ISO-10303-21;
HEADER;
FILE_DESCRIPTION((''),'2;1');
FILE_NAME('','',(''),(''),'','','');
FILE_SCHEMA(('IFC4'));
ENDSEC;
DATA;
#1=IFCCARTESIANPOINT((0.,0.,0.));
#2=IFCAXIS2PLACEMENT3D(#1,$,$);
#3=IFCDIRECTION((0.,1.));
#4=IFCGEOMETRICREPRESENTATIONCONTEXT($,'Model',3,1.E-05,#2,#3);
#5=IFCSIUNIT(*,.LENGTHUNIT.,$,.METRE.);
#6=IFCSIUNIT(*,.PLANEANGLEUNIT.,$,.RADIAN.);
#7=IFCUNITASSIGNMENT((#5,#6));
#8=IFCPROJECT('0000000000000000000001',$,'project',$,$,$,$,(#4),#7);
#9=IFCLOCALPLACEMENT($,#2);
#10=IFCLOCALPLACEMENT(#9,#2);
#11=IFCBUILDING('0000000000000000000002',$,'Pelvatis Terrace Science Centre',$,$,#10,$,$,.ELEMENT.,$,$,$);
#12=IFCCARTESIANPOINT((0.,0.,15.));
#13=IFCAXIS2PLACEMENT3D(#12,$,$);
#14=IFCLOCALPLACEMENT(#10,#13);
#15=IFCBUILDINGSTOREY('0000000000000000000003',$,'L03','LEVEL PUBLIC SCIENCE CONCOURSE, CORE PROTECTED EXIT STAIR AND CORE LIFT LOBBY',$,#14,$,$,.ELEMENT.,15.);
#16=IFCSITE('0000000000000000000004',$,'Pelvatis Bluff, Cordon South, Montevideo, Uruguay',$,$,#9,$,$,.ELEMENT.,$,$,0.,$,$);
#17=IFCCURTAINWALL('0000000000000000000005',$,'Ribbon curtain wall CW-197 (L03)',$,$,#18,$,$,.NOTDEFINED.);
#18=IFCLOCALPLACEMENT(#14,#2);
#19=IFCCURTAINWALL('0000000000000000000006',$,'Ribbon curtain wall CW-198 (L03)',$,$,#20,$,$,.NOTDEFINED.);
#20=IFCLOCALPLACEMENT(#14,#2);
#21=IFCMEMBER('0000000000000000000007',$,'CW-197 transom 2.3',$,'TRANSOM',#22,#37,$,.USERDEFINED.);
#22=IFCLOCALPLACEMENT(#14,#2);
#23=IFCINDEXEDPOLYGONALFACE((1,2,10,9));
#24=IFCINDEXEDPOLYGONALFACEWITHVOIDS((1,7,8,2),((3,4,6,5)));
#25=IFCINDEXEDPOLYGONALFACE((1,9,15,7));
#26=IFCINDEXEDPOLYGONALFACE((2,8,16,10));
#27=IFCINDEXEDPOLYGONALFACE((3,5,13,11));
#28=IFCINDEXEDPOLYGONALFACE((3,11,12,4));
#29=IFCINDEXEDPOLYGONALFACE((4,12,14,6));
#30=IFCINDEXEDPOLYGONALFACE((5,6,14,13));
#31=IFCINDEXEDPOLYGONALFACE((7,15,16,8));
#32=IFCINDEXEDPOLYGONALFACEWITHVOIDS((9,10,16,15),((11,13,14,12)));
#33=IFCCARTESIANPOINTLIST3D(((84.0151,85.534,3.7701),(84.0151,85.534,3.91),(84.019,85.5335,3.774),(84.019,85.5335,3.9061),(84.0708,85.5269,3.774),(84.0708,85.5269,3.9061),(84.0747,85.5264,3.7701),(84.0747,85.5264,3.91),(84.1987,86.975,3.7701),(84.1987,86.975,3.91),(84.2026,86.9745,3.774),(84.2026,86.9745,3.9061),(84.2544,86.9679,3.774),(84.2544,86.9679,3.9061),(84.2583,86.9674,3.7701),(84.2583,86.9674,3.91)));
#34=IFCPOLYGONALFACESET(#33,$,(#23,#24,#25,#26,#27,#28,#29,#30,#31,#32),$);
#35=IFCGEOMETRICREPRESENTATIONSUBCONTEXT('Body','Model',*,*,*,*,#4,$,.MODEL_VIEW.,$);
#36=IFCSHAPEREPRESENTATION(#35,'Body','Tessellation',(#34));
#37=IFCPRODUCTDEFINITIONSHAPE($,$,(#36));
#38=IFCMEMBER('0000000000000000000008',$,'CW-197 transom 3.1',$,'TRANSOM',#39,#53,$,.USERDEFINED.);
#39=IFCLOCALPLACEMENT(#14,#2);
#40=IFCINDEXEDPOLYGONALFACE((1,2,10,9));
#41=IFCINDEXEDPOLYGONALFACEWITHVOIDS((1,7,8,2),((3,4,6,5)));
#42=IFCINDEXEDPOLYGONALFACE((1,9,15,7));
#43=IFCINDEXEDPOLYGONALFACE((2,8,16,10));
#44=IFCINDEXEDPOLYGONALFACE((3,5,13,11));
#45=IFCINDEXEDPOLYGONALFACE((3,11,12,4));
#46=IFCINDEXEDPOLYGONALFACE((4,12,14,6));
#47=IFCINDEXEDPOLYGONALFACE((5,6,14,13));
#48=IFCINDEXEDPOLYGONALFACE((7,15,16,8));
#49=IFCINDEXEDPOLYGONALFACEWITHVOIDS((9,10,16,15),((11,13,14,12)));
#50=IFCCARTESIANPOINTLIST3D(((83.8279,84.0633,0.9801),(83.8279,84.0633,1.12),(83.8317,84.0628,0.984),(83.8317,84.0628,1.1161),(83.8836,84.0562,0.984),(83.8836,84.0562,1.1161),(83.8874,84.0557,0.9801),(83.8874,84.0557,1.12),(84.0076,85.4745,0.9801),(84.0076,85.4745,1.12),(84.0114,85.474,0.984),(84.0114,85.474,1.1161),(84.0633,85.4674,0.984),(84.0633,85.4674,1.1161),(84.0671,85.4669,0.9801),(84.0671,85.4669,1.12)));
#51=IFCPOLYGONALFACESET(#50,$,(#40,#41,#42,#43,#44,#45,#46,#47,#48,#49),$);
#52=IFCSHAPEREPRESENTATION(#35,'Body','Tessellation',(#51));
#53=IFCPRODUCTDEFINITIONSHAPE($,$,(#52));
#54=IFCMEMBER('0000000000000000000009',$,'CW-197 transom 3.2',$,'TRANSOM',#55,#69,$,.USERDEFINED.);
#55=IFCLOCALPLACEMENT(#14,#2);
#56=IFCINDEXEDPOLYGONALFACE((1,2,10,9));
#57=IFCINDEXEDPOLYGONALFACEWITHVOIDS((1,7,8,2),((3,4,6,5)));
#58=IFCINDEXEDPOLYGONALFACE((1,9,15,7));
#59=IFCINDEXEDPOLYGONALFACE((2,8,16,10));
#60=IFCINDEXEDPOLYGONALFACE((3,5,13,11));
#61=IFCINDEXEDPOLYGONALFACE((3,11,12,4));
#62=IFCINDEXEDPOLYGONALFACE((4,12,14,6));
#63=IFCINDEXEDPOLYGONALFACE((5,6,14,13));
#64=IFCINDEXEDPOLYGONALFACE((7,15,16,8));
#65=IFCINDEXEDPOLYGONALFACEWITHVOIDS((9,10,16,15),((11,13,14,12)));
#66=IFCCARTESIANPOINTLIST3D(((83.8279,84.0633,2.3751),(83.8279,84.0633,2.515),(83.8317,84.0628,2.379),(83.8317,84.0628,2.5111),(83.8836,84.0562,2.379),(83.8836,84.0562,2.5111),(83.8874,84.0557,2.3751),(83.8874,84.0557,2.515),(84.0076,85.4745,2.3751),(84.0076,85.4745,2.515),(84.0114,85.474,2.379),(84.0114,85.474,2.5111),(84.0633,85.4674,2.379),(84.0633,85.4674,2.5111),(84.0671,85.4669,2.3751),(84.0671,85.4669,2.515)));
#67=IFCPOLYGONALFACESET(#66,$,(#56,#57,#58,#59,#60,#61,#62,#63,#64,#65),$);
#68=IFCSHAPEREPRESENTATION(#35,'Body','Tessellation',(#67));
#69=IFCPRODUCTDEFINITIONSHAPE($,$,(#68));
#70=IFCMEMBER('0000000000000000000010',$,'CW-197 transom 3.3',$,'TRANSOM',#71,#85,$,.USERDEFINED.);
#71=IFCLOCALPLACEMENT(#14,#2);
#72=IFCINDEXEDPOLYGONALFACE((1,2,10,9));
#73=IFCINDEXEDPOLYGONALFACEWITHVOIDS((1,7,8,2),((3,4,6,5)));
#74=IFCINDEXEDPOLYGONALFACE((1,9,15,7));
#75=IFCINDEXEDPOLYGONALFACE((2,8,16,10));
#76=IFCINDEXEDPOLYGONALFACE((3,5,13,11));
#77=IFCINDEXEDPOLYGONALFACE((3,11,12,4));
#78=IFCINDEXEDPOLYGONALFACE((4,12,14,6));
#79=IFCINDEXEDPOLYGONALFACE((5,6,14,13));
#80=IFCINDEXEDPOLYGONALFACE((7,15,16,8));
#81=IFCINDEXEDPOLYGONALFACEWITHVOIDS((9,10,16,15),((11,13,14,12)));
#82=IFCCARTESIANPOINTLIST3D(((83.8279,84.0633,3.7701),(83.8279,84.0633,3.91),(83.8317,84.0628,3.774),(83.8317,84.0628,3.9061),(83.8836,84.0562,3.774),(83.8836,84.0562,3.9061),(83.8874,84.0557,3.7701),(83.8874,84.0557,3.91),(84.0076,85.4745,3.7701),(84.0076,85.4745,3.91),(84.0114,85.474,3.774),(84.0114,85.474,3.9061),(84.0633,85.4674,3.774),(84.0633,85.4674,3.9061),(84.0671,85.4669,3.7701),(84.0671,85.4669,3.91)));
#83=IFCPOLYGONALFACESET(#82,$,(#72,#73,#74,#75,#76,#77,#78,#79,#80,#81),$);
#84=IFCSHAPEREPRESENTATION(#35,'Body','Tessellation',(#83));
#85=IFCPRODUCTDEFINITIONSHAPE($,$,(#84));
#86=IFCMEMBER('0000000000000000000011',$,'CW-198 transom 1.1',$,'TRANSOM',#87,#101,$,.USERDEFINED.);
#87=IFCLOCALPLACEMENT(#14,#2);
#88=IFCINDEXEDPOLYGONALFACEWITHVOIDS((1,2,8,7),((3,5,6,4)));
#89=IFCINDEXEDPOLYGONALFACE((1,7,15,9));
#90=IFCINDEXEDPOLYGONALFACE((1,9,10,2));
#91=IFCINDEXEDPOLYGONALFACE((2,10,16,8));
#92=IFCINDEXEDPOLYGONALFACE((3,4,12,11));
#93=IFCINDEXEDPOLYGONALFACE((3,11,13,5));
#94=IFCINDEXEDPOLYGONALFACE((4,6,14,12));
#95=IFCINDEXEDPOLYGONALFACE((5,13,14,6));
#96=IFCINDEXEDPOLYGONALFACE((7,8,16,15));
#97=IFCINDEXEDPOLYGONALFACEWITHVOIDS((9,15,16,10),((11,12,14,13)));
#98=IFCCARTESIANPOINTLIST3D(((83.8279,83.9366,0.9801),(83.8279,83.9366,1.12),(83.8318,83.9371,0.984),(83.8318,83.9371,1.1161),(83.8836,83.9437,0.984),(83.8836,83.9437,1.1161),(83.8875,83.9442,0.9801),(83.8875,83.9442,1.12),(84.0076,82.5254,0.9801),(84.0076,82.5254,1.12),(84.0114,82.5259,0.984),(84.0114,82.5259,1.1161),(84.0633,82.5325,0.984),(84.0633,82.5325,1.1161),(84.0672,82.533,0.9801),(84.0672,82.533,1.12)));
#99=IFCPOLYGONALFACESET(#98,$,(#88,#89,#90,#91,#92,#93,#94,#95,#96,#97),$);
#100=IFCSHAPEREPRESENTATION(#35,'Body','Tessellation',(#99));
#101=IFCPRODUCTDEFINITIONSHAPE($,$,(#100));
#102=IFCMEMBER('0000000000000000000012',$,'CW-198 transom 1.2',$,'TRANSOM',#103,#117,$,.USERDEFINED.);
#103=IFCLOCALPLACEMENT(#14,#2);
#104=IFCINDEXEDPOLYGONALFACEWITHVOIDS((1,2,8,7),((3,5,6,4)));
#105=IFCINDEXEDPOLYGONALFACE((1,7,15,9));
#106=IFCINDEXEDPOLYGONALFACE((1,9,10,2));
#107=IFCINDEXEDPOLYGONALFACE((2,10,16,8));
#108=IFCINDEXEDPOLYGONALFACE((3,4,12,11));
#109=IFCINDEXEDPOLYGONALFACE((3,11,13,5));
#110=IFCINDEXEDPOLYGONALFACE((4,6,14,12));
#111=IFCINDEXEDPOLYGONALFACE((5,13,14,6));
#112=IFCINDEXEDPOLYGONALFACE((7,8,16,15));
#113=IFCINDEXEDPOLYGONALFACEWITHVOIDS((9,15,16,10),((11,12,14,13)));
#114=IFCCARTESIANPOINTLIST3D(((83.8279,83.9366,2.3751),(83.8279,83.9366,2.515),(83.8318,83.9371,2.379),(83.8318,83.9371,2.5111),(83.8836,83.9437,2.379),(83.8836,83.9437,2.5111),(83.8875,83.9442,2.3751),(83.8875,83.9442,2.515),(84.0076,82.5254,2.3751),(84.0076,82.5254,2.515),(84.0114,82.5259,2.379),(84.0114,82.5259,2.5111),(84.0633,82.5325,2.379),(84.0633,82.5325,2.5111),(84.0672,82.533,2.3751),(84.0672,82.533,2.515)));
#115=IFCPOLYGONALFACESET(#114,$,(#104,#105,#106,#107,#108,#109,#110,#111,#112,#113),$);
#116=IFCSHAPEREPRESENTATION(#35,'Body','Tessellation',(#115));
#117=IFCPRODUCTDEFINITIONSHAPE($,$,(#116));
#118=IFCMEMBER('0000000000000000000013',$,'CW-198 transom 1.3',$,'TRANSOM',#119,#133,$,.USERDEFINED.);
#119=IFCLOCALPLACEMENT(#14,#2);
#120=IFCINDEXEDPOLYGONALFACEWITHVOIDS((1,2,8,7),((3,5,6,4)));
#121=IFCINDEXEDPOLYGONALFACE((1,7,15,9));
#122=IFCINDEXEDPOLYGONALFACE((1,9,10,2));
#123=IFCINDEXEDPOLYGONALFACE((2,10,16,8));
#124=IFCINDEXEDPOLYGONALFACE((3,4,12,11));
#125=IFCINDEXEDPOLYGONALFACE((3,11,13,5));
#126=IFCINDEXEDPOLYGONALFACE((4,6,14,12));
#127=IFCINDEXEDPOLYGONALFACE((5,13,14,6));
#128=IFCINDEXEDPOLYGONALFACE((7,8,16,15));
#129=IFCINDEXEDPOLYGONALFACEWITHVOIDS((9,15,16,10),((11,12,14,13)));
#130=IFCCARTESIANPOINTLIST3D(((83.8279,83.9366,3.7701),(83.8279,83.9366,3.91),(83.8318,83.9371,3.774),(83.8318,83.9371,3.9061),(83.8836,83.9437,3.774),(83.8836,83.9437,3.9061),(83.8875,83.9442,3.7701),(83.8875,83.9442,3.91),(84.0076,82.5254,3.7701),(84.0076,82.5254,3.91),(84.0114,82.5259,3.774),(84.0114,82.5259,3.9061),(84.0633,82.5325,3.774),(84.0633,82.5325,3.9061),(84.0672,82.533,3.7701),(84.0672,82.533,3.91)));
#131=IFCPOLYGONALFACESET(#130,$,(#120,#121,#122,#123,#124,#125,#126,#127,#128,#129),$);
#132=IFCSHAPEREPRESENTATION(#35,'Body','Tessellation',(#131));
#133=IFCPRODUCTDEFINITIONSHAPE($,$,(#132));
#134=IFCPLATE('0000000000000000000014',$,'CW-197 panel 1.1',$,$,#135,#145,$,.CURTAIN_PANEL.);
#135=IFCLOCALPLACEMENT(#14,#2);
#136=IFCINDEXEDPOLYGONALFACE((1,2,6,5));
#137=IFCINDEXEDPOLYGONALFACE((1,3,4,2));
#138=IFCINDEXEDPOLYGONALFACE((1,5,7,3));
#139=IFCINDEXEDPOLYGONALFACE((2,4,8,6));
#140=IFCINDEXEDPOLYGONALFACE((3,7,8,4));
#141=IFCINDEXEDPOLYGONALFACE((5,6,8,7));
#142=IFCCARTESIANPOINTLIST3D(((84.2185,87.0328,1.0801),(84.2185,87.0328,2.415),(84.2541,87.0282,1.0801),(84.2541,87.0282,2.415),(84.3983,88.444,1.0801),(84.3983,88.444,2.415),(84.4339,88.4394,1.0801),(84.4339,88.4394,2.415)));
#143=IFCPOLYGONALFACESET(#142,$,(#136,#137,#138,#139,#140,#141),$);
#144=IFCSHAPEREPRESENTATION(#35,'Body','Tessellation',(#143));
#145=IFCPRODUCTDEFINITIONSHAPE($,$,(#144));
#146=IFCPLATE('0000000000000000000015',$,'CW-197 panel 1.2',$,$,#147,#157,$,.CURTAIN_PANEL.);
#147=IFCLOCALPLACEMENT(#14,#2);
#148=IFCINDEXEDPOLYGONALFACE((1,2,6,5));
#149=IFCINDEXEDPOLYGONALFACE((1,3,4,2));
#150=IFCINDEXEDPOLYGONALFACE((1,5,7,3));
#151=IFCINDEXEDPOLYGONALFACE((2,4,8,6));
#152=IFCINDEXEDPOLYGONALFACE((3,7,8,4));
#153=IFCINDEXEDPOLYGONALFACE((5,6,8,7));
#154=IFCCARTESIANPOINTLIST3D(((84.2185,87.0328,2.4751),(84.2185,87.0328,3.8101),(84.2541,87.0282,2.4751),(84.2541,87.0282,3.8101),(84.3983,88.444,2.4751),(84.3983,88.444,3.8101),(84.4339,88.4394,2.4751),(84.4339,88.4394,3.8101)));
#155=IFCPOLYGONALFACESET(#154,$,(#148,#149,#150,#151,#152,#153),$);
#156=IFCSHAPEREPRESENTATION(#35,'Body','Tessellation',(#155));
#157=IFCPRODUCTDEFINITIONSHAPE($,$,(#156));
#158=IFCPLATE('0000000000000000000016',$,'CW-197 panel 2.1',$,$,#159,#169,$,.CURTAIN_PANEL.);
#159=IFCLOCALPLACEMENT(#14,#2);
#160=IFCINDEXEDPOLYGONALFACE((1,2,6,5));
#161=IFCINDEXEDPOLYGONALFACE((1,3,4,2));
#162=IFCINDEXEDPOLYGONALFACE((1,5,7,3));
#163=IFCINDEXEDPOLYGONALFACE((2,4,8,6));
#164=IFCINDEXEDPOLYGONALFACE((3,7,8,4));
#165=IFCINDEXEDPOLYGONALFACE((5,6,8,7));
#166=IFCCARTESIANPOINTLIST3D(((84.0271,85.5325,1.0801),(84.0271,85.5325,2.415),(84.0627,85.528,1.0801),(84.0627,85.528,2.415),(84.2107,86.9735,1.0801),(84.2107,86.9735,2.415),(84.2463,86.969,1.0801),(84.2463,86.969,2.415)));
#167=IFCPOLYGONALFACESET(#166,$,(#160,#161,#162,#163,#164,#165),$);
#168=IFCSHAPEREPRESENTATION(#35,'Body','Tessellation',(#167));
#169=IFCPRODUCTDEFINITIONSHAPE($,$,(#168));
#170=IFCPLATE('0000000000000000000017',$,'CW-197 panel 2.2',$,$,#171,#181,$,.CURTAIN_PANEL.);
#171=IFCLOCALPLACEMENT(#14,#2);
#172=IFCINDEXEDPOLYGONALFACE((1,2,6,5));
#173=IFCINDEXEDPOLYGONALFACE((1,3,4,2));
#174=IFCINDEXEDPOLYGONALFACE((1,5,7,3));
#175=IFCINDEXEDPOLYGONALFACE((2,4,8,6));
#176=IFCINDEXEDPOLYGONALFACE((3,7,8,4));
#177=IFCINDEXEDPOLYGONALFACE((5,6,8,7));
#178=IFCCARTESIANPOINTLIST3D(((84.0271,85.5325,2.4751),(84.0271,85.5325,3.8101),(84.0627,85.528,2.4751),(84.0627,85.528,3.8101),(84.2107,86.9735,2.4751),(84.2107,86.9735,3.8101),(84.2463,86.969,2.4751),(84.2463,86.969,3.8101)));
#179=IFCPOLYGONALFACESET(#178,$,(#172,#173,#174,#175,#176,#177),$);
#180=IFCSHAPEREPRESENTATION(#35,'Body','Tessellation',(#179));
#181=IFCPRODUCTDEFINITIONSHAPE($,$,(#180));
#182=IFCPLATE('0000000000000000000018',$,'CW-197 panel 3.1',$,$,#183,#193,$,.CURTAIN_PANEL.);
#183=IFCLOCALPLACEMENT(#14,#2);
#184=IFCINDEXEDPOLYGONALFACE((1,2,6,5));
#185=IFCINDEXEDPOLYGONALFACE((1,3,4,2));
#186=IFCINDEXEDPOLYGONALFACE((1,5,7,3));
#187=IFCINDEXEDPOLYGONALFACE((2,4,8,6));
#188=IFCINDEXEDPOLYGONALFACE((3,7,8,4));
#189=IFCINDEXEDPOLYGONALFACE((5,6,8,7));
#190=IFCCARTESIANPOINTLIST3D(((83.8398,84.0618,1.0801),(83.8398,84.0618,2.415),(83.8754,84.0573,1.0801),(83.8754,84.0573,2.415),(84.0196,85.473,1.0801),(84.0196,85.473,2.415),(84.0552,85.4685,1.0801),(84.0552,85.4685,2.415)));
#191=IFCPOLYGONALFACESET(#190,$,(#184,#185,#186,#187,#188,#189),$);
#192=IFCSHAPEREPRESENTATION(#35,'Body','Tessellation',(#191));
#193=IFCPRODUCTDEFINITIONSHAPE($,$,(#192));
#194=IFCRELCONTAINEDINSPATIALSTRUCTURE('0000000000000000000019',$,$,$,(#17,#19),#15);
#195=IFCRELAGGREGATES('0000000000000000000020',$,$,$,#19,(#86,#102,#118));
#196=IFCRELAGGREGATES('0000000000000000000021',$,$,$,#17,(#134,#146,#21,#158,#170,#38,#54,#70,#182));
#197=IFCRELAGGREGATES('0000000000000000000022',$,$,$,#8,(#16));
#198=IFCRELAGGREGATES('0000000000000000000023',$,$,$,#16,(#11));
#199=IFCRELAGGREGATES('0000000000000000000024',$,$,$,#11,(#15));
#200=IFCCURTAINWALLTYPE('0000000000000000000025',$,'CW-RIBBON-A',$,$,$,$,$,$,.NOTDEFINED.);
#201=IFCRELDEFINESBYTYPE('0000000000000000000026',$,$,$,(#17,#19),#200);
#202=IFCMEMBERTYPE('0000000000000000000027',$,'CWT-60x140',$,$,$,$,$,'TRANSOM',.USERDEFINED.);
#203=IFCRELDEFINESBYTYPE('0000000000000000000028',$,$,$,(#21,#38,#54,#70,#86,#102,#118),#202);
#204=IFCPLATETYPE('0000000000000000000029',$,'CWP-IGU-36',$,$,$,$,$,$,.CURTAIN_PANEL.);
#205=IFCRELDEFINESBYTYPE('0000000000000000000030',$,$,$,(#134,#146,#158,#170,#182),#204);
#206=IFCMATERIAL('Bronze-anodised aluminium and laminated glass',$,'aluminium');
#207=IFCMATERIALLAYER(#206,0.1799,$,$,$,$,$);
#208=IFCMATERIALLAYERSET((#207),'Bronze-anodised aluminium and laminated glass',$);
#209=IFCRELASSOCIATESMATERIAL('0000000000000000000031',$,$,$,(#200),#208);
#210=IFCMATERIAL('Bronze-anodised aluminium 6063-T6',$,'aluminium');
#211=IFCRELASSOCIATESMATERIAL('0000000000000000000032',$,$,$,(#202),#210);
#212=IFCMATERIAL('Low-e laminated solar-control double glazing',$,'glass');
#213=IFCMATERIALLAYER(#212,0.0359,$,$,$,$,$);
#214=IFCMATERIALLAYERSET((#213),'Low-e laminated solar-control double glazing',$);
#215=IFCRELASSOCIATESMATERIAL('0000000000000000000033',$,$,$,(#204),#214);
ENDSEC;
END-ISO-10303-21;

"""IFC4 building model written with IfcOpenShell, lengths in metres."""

from ifc_helpers import new_model, si_unit, direction, frame, origin, origin_2d, place, context, subcontext, project, spatial, rectangle, hollow_rectangle, extrude, material, layer, layer_set, material_profile, profile_set, type_object, element, aggregate, save


model = new_model("IFC4")

# Units and contexts
model_context = context("Model", 3, precision=1e-05, world=origin(), true_north=direction((0.0, 1.0)))
body_context = subcontext(model_context, "Body", "Model", "MODEL_VIEW")
ifc_project = project(units=[si_unit("LENGTHUNIT", "METRE"), si_unit("PLANEANGLEUNIT", "RADIAN")], contexts=[model_context])

# Site, building, storey
site_placement = place(None, origin())
site = spatial("IfcSite", under=ifc_project, at=site_placement, Name="Pelvatis Bluff, Cordon South, Montevideo, Uruguay", CompositionType="ELEMENT", RefElevation=0.0)
building_placement = place(site_placement, origin())
building = spatial("IfcBuilding", under=site, at=building_placement, Name="Pelvatis Terrace Science Centre", CompositionType="ELEMENT")
storey_placement = place(building_placement, frame((0.0, 0.0, 15.0)))
storey = spatial("IfcBuildingStorey", under=building, at=storey_placement, Name="L03", Description="LEVEL PUBLIC SCIENCE CONCOURSE, CORE PROTECTED EXIT STAIR AND CORE LIFT LOBBY", CompositionType="ELEMENT", Elevation=15.0)

# Shared definitions
ifc_material_1 = material(Name="Bronze-anodised aluminium and laminated glass", Category="aluminium")
ifc_layer_1 = layer(ifc_material_1, 0.1799)
ifc_layer_set_1 = layer_set([ifc_layer_1], Name="Bronze-anodised aluminium and laminated glass")
curtain_wall_type = type_object("IfcCurtainWallType", Name="CW-RIBBON-A", PredefinedType="NOTDEFINED", material=ifc_layer_set_1)

# Curtain wall
curtain_wall_1_placement = place(storey_placement, origin())
curtain_wall_1 = element("IfcCurtainWall", 1, at=curtain_wall_1_placement, inside=storey, type_object=curtain_wall_type, Name="Ribbon curtain wall CW-197 (L03)", PredefinedType="NOTDEFINED")

# Curtain wall
curtain_wall_2_placement = place(storey_placement, origin())
curtain_wall_2 = element("IfcCurtainWall", 2, at=curtain_wall_2_placement, inside=storey, type_object=curtain_wall_type, Name="Ribbon curtain wall CW-198 (L03)", PredefinedType="NOTDEFINED")

# Members
ifc_material_2 = material(Name="Bronze-anodised aluminium 6063-T6", Category="aluminium")
ifc_material_profile_1 = material_profile(ifc_material_2, hollow_rectangle(XDim=0.0601, YDim=0.1399, WallThickness=0.0039, at=origin_2d()), Name="ALU-TRN 60x140")
ifc_profile_set_1 = profile_set([ifc_material_profile_1], Name="Bronze-anodised aluminium 6063-T6")
member_type_1 = type_object("IfcMemberType", Name="CWT-60x140", ElementType="TRANSOM", PredefinedType="USERDEFINED", material=ifc_profile_set_1)
member_1_placement = place(storey_placement, frame((84.2285, 86.9712, 3.8401), z_axis=(-0.126393, -0.99198, 0.0), x_axis=(0.99198, -0.126393, 0.0)))
member_1 = element("IfcMember", 3, at=member_1_placement, type_object=member_type_1, Name="CW-197 transom 2.3", ObjectType="TRANSOM", PredefinedType="USERDEFINED", context=body_context, shape_type="SweptSolid", body=[
    extrude(hollow_rectangle(XDim=0.0601, YDim=0.1399, WallThickness=0.0039, at=origin_2d()), origin(), (0.0, 0.0, 1.0), 1.4526),
])
member_2_placement = place(storey_placement, frame((84.0374, 85.4707, 1.05), z_axis=(-0.126316, -0.99199, 0.0), x_axis=(0.99199, -0.126316, 0.0)))
member_2 = element("IfcMember", 4, at=member_2_placement, type_object=member_type_1, Name="CW-197 transom 3.1", ObjectType="TRANSOM", PredefinedType="USERDEFINED", context=body_context, shape_type="SweptSolid", body=[
    extrude(hollow_rectangle(XDim=0.0601, YDim=0.1399, WallThickness=0.0039, at=origin_2d()), origin(), (0.0, 0.0, 1.0), 1.4226),
])
member_3_placement = place(storey_placement, frame((84.0374, 85.4707, 2.4451), z_axis=(-0.126316, -0.99199, 0.0), x_axis=(0.99199, -0.126316, 0.0)))
member_3 = element("IfcMember", 5, at=member_3_placement, type_object=member_type_1, Name="CW-197 transom 3.2", ObjectType="TRANSOM", PredefinedType="USERDEFINED", context=body_context, shape_type="SweptSolid", body=[
    extrude(hollow_rectangle(XDim=0.0601, YDim=0.1399, WallThickness=0.0039, at=origin_2d()), origin(), (0.0, 0.0, 1.0), 1.4226),
])
member_4_placement = place(storey_placement, frame((84.0374, 85.4707, 3.8401), z_axis=(-0.126316, -0.99199, 0.0), x_axis=(0.99199, -0.126316, 0.0)))
member_4 = element("IfcMember", 6, at=member_4_placement, type_object=member_type_1, Name="CW-197 transom 3.3", ObjectType="TRANSOM", PredefinedType="USERDEFINED", context=body_context, shape_type="SweptSolid", body=[
    extrude(hollow_rectangle(XDim=0.0601, YDim=0.1399, WallThickness=0.0039, at=origin_2d()), origin(), (0.0, 0.0, 1.0), 1.4226),
])
member_5_placement = place(storey_placement, frame((83.8577, 83.9404, 1.05), z_axis=(0.126316, -0.99199, 0.0), x_axis=(0.99199, 0.126316, 0.0)))
member_5 = element("IfcMember", 7, at=member_5_placement, type_object=member_type_1, Name="CW-198 transom 1.1", ObjectType="TRANSOM", PredefinedType="USERDEFINED", context=body_context, shape_type="SweptSolid", body=[
    extrude(hollow_rectangle(XDim=0.0601, YDim=0.1399, WallThickness=0.0039, at=origin_2d()), origin(), (0.0, 0.0, 1.0), 1.4226),
])
member_6_placement = place(storey_placement, frame((83.8577, 83.9404, 2.4451), z_axis=(0.126316, -0.99199, 0.0), x_axis=(0.99199, 0.126316, 0.0)))
member_6 = element("IfcMember", 8, at=member_6_placement, type_object=member_type_1, Name="CW-198 transom 1.2", ObjectType="TRANSOM", PredefinedType="USERDEFINED", context=body_context, shape_type="SweptSolid", body=[
    extrude(hollow_rectangle(XDim=0.0601, YDim=0.1399, WallThickness=0.0039, at=origin_2d()), origin(), (0.0, 0.0, 1.0), 1.4226),
])
member_7_placement = place(storey_placement, frame((83.8577, 83.9404, 3.8401), z_axis=(0.126316, -0.99199, 0.0), x_axis=(0.99199, 0.126316, 0.0)))
member_7 = element("IfcMember", 9, at=member_7_placement, type_object=member_type_1, Name="CW-198 transom 1.3", ObjectType="TRANSOM", PredefinedType="USERDEFINED", context=body_context, shape_type="SweptSolid", body=[
    extrude(hollow_rectangle(XDim=0.0601, YDim=0.1399, WallThickness=0.0039, at=origin_2d()), origin(), (0.0, 0.0, 1.0), 1.4226),
])
aggregate(curtain_wall_2, [member_5, member_6, member_7])

# Plates
ifc_material_3 = material(Name="Low-e laminated solar-control double glazing", Category="glass")
ifc_layer_2 = layer(ifc_material_3, 0.0359)
ifc_layer_set_2 = layer_set([ifc_layer_2], Name="Low-e laminated solar-control double glazing")
plate_type = type_object("IfcPlateType", Name="CWP-IGU-36", PredefinedType="CURTAIN_PANEL", material=ifc_layer_set_2)
plate_1_placement = place(storey_placement, frame((84.3262, 87.7361, 1.0801), z_axis=(0.0, 0.0, 1.0), x_axis=(-0.126408, -0.991978, 0.0)))
plate_1 = element("IfcPlate", 10, at=plate_1_placement, type_object=plate_type, Name="CW-197 panel 1.1", PredefinedType="CURTAIN_PANEL", context=body_context, shape_type="SweptSolid", body=[
    extrude(rectangle(XDim=1.4226, YDim=0.0359, at=origin_2d()), origin(), (0.0, 0.0, 1.0), 1.335),
])
plate_2_placement = place(storey_placement, frame((84.3262, 87.7361, 2.4751), z_axis=(0.0, 0.0, 1.0), x_axis=(-0.126408, -0.991978, 0.0)))
plate_2 = element("IfcPlate", 11, at=plate_2_placement, type_object=plate_type, Name="CW-197 panel 1.2", PredefinedType="CURTAIN_PANEL", context=body_context, shape_type="SweptSolid", body=[
    extrude(rectangle(XDim=1.4226, YDim=0.0359, at=origin_2d()), origin(), (0.0, 0.0, 1.0), 1.335),
])
plate_3_placement = place(storey_placement, frame((84.1367, 86.2507, 1.0801), z_axis=(0.0, 0.0, 1.0), x_axis=(-0.126408, -0.991978, 0.0)))
plate_3 = element("IfcPlate", 12, at=plate_3_placement, type_object=plate_type, Name="CW-197 panel 2.1", PredefinedType="CURTAIN_PANEL", context=body_context, shape_type="SweptSolid", body=[
    extrude(rectangle(XDim=1.4526, YDim=0.0359, at=origin_2d()), origin(), (0.0, 0.0, 1.0), 1.335),
])
plate_4_placement = place(storey_placement, frame((84.1367, 86.2507, 2.4751), z_axis=(0.0, 0.0, 1.0), x_axis=(-0.126408, -0.991978, 0.0)))
plate_4 = element("IfcPlate", 13, at=plate_4_placement, type_object=plate_type, Name="CW-197 panel 2.2", PredefinedType="CURTAIN_PANEL", context=body_context, shape_type="SweptSolid", body=[
    extrude(rectangle(XDim=1.4526, YDim=0.0359, at=origin_2d()), origin(), (0.0, 0.0, 1.0), 1.335),
])
plate_5_placement = place(storey_placement, frame((83.9475, 84.7651, 1.0801), z_axis=(0.0, 0.0, 1.0), x_axis=(-0.126408, -0.991978, 0.0)))
plate_5 = element("IfcPlate", 14, at=plate_5_placement, type_object=plate_type, Name="CW-197 panel 3.1", PredefinedType="CURTAIN_PANEL", context=body_context, shape_type="SweptSolid", body=[
    extrude(rectangle(XDim=1.4226, YDim=0.0359, at=origin_2d()), origin(), (0.0, 0.0, 1.0), 1.335),
])
aggregate(curtain_wall_1, [plate_1, plate_2, member_1, plate_3, plate_4, member_2, member_3, member_4, plate_5])

save(model, "model.ifc")
